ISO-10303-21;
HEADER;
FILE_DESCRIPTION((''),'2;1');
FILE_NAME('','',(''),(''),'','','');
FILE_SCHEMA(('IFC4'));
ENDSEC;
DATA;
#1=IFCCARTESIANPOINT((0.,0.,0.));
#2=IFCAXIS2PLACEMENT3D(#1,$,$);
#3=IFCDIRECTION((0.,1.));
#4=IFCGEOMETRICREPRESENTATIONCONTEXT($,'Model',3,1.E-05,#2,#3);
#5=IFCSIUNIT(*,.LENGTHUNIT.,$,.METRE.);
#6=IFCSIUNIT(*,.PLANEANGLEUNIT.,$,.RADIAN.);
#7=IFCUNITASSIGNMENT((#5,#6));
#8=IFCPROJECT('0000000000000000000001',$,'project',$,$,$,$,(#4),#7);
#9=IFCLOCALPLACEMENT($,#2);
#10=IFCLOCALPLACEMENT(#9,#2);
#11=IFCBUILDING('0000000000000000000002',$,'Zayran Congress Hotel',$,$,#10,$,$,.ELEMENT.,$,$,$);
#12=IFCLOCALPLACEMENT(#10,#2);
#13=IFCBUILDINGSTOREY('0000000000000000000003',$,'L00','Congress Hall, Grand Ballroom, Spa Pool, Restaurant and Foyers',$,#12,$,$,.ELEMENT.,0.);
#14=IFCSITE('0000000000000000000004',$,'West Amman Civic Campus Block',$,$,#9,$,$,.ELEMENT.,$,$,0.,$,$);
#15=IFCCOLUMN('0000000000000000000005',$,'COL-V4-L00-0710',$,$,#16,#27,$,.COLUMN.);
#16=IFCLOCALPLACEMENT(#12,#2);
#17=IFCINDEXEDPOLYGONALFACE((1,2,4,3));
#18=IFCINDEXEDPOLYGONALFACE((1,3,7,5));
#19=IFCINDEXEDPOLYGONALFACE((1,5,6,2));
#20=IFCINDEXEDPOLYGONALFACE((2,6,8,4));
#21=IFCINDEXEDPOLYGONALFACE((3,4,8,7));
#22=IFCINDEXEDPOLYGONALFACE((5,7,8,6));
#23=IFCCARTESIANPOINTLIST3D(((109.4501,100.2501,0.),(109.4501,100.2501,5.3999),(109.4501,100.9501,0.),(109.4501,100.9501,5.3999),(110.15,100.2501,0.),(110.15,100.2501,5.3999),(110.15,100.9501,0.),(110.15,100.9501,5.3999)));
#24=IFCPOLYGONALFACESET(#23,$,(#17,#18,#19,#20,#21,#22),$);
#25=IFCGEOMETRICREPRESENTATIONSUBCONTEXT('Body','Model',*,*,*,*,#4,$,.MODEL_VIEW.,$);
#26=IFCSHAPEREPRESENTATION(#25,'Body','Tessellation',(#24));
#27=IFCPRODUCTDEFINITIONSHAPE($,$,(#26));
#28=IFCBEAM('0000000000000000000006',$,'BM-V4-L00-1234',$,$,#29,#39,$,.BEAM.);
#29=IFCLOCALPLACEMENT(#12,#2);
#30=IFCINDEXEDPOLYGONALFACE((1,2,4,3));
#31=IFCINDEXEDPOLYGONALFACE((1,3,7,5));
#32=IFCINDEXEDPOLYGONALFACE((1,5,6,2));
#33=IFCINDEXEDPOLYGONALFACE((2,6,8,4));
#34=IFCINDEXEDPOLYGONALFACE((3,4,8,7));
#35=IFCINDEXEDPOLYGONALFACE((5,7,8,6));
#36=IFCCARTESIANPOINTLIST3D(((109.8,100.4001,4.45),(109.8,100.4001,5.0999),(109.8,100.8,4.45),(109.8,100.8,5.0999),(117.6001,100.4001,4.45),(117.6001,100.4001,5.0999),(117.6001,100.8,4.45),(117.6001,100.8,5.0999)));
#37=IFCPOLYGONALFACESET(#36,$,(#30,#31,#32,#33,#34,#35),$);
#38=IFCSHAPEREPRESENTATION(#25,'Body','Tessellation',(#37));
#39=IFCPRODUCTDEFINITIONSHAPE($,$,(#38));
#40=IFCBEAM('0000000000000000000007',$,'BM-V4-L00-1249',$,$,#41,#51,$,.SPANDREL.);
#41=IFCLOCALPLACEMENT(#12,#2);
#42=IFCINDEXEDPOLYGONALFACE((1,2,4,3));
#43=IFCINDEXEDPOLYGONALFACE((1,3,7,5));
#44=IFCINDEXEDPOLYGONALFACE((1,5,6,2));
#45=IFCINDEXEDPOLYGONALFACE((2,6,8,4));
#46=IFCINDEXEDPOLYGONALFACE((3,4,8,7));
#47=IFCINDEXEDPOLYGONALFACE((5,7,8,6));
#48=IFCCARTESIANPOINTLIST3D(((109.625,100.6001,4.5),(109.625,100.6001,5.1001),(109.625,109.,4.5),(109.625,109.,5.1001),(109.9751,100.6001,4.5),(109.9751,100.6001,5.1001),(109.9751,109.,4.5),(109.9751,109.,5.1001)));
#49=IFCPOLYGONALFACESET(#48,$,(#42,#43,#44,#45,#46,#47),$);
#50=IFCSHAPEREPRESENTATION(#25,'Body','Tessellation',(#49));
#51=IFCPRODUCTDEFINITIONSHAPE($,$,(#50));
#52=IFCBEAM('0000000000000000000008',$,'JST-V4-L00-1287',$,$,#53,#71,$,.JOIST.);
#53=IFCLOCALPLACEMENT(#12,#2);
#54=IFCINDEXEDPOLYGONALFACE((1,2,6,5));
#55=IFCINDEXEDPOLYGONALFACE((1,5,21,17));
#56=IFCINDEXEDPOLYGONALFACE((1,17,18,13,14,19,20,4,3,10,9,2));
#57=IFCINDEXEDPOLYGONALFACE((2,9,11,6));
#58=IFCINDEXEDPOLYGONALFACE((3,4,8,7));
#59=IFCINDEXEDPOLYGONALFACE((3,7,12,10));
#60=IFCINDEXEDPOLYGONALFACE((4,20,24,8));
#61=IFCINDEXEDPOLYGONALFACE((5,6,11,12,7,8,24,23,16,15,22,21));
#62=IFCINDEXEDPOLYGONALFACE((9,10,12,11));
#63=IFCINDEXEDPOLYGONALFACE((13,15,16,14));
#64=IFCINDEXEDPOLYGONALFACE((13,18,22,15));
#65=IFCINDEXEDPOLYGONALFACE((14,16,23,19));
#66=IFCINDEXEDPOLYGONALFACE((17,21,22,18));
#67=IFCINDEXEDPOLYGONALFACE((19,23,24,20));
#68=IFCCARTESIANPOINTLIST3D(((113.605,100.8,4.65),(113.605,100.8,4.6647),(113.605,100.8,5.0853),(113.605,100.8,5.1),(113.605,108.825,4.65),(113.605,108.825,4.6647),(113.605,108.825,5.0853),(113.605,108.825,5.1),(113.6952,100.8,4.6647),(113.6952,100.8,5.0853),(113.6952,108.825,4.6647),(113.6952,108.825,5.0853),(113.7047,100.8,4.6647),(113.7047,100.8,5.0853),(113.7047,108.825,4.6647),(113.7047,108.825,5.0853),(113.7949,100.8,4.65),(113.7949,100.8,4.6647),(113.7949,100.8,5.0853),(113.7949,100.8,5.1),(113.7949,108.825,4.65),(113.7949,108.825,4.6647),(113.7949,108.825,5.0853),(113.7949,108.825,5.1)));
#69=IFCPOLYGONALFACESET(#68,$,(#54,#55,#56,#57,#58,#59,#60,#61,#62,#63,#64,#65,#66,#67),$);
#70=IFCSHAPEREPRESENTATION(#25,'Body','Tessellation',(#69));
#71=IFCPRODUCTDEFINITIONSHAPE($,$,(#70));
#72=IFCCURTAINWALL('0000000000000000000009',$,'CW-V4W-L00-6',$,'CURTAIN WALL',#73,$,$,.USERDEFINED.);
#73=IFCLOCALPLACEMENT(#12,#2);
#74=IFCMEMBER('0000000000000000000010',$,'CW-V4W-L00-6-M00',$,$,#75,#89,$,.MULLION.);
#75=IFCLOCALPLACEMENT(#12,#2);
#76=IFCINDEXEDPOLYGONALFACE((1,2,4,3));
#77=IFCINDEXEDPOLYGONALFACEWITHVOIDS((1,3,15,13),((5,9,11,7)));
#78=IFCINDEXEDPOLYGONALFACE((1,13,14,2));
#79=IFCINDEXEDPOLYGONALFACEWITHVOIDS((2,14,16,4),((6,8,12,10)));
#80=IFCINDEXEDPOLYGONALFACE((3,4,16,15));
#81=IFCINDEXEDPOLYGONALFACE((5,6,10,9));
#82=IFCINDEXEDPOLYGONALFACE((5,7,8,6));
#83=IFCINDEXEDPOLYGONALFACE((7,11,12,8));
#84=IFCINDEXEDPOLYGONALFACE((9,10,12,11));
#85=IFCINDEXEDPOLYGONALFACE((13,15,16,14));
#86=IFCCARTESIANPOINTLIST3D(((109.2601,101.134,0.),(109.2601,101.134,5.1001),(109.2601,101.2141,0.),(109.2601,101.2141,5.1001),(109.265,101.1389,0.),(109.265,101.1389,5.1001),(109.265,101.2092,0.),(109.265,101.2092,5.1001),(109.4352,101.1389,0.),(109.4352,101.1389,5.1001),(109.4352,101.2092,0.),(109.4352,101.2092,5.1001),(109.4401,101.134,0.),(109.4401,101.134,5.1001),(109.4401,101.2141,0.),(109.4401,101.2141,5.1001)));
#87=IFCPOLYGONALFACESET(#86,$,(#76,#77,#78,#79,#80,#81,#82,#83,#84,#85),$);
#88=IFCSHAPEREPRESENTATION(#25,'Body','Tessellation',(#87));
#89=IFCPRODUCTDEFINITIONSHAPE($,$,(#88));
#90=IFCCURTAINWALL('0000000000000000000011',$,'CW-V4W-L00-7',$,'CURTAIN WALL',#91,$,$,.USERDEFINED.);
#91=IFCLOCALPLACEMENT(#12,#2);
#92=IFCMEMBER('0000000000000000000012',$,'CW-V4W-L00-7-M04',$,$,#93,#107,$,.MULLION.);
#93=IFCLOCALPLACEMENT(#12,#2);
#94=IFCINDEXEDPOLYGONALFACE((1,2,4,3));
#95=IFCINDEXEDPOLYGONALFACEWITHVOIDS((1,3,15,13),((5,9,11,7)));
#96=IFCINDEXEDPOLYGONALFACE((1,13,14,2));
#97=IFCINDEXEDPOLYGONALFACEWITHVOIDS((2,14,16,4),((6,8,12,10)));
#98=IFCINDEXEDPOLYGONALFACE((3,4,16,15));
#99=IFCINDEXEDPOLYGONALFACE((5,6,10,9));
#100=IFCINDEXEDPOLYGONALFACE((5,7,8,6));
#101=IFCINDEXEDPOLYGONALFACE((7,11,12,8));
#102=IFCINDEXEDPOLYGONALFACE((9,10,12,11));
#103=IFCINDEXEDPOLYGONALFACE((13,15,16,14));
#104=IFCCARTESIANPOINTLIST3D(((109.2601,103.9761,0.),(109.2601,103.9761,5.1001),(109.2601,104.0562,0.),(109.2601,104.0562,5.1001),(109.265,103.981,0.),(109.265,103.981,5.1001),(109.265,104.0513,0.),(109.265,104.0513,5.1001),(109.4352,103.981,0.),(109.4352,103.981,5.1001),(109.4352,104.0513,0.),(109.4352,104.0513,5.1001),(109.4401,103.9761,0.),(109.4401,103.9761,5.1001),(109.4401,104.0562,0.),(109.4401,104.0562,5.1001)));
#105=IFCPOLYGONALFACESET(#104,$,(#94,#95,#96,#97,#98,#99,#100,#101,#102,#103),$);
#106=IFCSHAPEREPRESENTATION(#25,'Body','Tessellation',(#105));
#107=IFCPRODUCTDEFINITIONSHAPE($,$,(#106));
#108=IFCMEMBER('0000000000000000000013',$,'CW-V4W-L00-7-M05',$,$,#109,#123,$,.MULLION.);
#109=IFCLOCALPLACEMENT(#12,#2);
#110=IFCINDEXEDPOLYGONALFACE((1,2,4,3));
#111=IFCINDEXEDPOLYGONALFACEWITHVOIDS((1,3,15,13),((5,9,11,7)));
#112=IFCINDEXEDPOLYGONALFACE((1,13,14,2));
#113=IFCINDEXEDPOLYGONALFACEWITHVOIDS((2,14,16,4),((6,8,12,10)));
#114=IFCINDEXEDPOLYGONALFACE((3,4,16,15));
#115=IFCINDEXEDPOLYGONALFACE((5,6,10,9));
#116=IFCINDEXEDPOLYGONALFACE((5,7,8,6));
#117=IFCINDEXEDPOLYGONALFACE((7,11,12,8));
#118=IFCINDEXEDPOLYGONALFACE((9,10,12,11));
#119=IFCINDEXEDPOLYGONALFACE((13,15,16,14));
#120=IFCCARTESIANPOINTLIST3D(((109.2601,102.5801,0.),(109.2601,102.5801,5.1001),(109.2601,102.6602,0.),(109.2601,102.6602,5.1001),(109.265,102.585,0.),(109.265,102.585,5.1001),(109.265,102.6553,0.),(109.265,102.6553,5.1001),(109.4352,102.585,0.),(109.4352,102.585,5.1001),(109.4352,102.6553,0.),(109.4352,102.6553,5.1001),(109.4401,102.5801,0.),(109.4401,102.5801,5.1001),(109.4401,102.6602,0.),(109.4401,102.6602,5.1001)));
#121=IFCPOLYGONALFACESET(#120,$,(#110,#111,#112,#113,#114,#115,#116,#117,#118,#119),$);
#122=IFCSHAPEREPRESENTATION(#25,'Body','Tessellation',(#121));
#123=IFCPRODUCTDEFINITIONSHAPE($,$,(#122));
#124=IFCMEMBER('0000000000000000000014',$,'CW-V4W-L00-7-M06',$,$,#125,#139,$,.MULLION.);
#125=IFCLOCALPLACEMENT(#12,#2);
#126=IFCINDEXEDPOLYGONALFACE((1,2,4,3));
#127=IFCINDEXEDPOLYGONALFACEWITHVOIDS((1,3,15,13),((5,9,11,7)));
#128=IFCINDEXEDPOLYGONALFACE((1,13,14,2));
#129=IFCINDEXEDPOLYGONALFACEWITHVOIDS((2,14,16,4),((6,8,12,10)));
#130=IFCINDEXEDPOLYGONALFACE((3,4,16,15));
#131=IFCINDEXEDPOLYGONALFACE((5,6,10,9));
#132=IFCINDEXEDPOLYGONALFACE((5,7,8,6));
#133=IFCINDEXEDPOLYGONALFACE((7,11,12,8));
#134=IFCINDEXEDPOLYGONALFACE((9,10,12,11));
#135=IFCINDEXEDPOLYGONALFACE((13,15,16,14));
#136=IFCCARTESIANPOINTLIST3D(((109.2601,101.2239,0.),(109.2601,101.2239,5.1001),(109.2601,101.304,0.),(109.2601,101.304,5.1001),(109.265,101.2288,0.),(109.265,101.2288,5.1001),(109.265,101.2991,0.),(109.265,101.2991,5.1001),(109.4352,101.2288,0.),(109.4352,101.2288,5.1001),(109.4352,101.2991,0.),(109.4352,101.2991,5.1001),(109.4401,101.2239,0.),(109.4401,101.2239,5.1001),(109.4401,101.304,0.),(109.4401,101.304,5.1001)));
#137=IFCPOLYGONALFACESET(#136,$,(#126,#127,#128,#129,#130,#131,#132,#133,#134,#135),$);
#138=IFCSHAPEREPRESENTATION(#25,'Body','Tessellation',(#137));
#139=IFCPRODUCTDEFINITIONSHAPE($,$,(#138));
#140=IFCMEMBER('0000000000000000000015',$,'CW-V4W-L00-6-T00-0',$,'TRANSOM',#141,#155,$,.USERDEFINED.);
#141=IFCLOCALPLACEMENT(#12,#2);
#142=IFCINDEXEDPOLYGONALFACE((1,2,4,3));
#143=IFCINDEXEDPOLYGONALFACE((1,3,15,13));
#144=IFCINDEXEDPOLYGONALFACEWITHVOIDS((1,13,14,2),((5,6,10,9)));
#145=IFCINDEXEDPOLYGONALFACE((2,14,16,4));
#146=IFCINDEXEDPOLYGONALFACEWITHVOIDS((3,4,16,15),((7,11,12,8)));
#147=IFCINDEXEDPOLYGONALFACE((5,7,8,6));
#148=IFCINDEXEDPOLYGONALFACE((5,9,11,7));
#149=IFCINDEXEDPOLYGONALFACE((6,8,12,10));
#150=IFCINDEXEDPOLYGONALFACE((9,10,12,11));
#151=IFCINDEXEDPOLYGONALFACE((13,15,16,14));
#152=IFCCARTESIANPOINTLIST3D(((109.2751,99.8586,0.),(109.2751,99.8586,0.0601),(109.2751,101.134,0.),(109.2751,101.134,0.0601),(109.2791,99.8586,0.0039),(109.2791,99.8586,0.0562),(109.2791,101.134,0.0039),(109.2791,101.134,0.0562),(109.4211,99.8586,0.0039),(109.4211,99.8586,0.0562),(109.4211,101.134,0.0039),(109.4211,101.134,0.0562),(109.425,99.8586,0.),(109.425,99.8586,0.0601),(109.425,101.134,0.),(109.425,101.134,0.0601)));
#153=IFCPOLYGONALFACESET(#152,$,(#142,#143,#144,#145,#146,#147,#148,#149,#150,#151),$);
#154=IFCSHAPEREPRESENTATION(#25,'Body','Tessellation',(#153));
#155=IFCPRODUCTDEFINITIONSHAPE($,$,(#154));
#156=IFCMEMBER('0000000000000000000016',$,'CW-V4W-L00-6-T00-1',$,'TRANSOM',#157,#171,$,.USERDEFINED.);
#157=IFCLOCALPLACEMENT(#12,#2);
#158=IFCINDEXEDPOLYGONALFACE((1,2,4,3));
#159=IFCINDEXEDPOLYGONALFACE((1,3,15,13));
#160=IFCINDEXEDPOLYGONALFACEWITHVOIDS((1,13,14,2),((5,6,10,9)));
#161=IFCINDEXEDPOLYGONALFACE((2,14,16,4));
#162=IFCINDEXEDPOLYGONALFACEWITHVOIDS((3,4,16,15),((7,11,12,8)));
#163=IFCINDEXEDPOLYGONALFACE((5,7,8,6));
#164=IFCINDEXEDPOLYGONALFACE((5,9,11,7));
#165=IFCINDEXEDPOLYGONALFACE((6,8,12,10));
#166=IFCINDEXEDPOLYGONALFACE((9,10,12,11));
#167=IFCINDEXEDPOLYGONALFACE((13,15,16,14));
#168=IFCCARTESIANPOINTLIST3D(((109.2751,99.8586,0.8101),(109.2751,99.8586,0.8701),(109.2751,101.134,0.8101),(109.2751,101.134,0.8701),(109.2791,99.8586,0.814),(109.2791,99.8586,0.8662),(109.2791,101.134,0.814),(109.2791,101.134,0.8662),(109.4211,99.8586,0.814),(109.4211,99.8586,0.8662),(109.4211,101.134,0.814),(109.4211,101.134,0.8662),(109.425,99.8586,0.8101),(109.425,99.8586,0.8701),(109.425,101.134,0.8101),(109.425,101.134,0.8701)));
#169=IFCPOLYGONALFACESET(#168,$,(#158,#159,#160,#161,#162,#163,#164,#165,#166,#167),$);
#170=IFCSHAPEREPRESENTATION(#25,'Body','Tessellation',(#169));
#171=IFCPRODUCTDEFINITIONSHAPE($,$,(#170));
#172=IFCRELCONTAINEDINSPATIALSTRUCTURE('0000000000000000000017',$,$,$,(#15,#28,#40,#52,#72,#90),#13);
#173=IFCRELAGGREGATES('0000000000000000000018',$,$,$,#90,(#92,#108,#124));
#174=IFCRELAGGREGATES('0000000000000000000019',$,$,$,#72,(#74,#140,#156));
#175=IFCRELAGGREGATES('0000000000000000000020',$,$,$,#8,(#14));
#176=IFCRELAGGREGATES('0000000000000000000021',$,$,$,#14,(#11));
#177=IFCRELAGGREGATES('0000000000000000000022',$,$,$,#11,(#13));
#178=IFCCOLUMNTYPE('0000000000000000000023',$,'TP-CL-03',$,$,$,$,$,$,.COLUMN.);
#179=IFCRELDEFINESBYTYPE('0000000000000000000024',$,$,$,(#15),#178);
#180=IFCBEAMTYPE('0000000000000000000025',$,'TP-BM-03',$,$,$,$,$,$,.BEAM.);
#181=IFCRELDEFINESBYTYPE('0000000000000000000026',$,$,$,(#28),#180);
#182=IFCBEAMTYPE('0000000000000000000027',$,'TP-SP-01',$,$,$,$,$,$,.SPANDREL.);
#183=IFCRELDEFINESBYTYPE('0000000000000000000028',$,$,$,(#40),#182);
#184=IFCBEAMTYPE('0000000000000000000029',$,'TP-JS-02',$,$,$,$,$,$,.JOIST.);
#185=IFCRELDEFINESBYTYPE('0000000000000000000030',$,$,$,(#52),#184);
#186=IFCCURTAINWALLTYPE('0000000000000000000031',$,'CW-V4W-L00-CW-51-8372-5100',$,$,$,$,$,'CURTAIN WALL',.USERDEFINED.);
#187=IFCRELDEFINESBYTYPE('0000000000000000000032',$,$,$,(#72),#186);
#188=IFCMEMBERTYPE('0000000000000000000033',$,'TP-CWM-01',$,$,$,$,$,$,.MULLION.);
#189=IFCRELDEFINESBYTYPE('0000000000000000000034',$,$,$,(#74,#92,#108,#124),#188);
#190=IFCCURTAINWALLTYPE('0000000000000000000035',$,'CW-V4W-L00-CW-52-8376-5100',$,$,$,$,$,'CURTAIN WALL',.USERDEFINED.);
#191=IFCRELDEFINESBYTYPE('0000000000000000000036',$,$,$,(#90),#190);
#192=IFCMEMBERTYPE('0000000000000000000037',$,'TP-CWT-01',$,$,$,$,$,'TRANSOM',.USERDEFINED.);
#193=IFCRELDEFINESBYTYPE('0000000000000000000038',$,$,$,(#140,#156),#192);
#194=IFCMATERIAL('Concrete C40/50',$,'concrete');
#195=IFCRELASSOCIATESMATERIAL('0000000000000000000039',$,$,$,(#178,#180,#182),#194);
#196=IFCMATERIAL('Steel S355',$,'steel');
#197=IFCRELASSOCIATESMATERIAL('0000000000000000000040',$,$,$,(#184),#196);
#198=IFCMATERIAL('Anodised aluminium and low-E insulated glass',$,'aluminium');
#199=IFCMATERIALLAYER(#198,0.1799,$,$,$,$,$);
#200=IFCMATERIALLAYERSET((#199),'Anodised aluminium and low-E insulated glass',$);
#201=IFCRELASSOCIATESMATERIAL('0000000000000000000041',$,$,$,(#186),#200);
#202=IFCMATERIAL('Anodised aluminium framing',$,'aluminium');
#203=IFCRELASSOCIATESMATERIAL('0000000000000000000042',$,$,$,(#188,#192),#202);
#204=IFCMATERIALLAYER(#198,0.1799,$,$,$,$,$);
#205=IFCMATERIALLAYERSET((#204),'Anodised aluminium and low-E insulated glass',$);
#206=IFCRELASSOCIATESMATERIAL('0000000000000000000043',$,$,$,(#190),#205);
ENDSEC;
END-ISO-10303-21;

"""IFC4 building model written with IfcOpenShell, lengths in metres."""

from ifc_helpers import new_model, si_unit, direction, frame, origin, origin_2d, place, context, subcontext, project, spatial, rectangle, hollow_rectangle, i_section, extrude, material, layer, layer_set, material_profile, profile_set, type_object, element, aggregate, save


model = new_model("IFC4")

# Units and contexts
model_context = context("Model", 3, precision=1e-05, world=origin(), true_north=direction((0.0, 1.0)))
body_context = subcontext(model_context, "Body", "Model", "MODEL_VIEW")
ifc_project = project(units=[si_unit("LENGTHUNIT", "METRE"), si_unit("PLANEANGLEUNIT", "RADIAN")], contexts=[model_context])

# Site, building, storey
site_placement = place(None, origin())
site = spatial("IfcSite", under=ifc_project, at=site_placement, Name="West Amman Civic Campus Block", CompositionType="ELEMENT", RefElevation=0.0)
building_placement = place(site_placement, origin())
building = spatial("IfcBuilding", under=site, at=building_placement, Name="Zayran Congress Hotel", CompositionType="ELEMENT")
storey_placement = place(building_placement, origin())
storey = spatial("IfcBuildingStorey", under=building, at=storey_placement, Name="L00", Description="Congress Hall, Grand Ballroom, Spa Pool, Restaurant and Foyers", CompositionType="ELEMENT", Elevation=0.0)

# Column
ifc_material_1 = material(Name="Concrete C40/50", Category="concrete")
ifc_material_profile_1 = material_profile(ifc_material_1, rectangle(XDim=0.7, YDim=0.7, at=origin_2d()), Name="RC 700x700")
ifc_profile_set_1 = profile_set([ifc_material_profile_1], Name="Concrete C40/50")
column_type = type_object("IfcColumnType", Name="TP-CL-03", PredefinedType="COLUMN", material=ifc_profile_set_1)
column_placement = place(storey_placement, frame((109.8, 100.6001, 0.0), z_axis=(0.0, 0.0, 1.0), x_axis=(1.0, 0.0, 0.0)))
element("IfcColumn", 1, at=column_placement, inside=storey, type_object=column_type, Name="COL-V4-L00-0710", PredefinedType="COLUMN", context=body_context, shape_type="SweptSolid", body=[
    extrude(rectangle(XDim=0.7, YDim=0.7, at=origin_2d()), origin(), (0.0, 0.0, 1.0), 5.3999),
])

# Beams
ifc_material_profile_2 = material_profile(ifc_material_1, rectangle(XDim=0.3999, YDim=0.6499, at=origin_2d()), Name="RC 400x650")
ifc_profile_set_2 = profile_set([ifc_material_profile_2], Name="Concrete C40/50")
beam_type_1 = type_object("IfcBeamType", Name="TP-BM-03", PredefinedType="BEAM", material=ifc_profile_set_2)
beam_1_placement = place(storey_placement, frame((109.8, 100.6001, 4.7749), z_axis=(1.0, 0.0, 0.0), x_axis=(0.0, 1.0, 0.0)))
element("IfcBeam", 2, at=beam_1_placement, inside=storey, type_object=beam_type_1, Name="BM-V4-L00-1234", PredefinedType="BEAM", context=body_context, shape_type="SweptSolid", body=[
    extrude(rectangle(XDim=0.3999, YDim=0.6499, at=origin_2d()), origin(), (0.0, 0.0, 1.0), 7.8),
])
ifc_material_profile_3 = material_profile(ifc_material_1, rectangle(XDim=0.3501, YDim=0.6001, at=origin_2d()), Name="RC 350x600")
ifc_profile_set_3 = profile_set([ifc_material_profile_3], Name="Concrete C40/50")
beam_type_2 = type_object("IfcBeamType", Name="TP-SP-01", PredefinedType="SPANDREL", material=ifc_profile_set_3)
beam_2_placement = place(storey_placement, frame((109.8, 100.6001, 4.8), z_axis=(0.0, 1.0, 0.0), x_axis=(-1.0, 0.0, 0.0)))
element("IfcBeam", 3, at=beam_2_placement, inside=storey, type_object=beam_type_2, Name="BM-V4-L00-1249", PredefinedType="SPANDREL", context=body_context, shape_type="SweptSolid", body=[
    extrude(rectangle(XDim=0.3501, YDim=0.6001, at=origin_2d()), origin(), (0.0, 0.0, 1.0), 8.3999),
])
ifc_material_2 = material(Name="Steel S355", Category="steel")
ifc_material_profile_4 = material_profile(ifc_material_2, i_section(OverallWidth=0.1899, OverallDepth=0.45, WebThickness=0.0095, FlangeThickness=0.0146, at=origin_2d()), Name="IPE 450")
ifc_profile_set_4 = profile_set([ifc_material_profile_4], Name="Steel S355")
beam_type_3 = type_object("IfcBeamType", Name="TP-JS-02", PredefinedType="JOIST", material=ifc_profile_set_4)
beam_3_placement = place(storey_placement, frame((113.7, 100.8, 4.875), z_axis=(0.0, 1.0, 0.0), x_axis=(-1.0, 0.0, 0.0)))
element("IfcBeam", 4, at=beam_3_placement, inside=storey, type_object=beam_type_3, Name="JST-V4-L00-1287", PredefinedType="JOIST", context=body_context, shape_type="SweptSolid", body=[
    extrude(i_section(OverallWidth=0.1899, OverallDepth=0.45, WebThickness=0.0095, FlangeThickness=0.0146, at=origin_2d()), origin(), (0.0, 0.0, 1.0), 8.0249),
])

# Curtain wall, member
ifc_material_3 = material(Name="Anodised aluminium and low-E insulated glass", Category="aluminium")
ifc_layer_1 = layer(ifc_material_3, 0.1799)
ifc_layer_set_1 = layer_set([ifc_layer_1], Name="Anodised aluminium and low-E insulated glass")
curtain_wall_type_1 = type_object("IfcCurtainWallType", Name="CW-V4W-L00-CW-51-8372-5100", ElementType="CURTAIN WALL", PredefinedType="USERDEFINED", material=ifc_layer_set_1)
curtain_wall_1_placement = place(storey_placement, origin())
curtain_wall_1 = element("IfcCurtainWall", 5, at=curtain_wall_1_placement, inside=storey, type_object=curtain_wall_type_1, Name="CW-V4W-L00-6", ObjectType="CURTAIN WALL", PredefinedType="USERDEFINED")
ifc_material_4 = material(Name="Anodised aluminium framing", Category="aluminium")
ifc_material_profile_5 = material_profile(ifc_material_4, hollow_rectangle(XDim=0.0801, YDim=0.1799, WallThickness=0.0049, at=origin_2d()), Name="RHS 180x80x5")
ifc_profile_set_5 = profile_set([ifc_material_profile_5], Name="Anodised aluminium framing")
member_type_1 = type_object("IfcMemberType", Name="TP-CWM-01", PredefinedType="MULLION", material=ifc_profile_set_5)
member_1_placement = place(storey_placement, frame((109.3501, 101.1741, 0.0), z_axis=(0.0, 0.0, 1.0), x_axis=(0.0, 1.0, 0.0)))
member_1 = element("IfcMember", 6, at=member_1_placement, type_object=member_type_1, Name="CW-V4W-L00-6-M00", PredefinedType="MULLION", context=body_context, shape_type="SweptSolid", body=[
    extrude(hollow_rectangle(XDim=0.0801, YDim=0.1799, WallThickness=0.0049, at=origin_2d()), origin(), (0.0, 0.0, 1.0), 5.1001),
])

# Curtain wall, members
ifc_layer_2 = layer(ifc_material_3, 0.1799)
ifc_layer_set_2 = layer_set([ifc_layer_2], Name="Anodised aluminium and low-E insulated glass")
curtain_wall_type_2 = type_object("IfcCurtainWallType", Name="CW-V4W-L00-CW-52-8376-5100", ElementType="CURTAIN WALL", PredefinedType="USERDEFINED", material=ifc_layer_set_2)
curtain_wall_2_placement = place(storey_placement, origin())
curtain_wall_2 = element("IfcCurtainWall", 7, at=curtain_wall_2_placement, inside=storey, type_object=curtain_wall_type_2, Name="CW-V4W-L00-7", ObjectType="CURTAIN WALL", PredefinedType="USERDEFINED")
member_2_placement = place(storey_placement, frame((109.3501, 104.0161, 0.0), z_axis=(0.0, 0.0, 1.0), x_axis=(0.0, 1.0, 0.0)))
member_2 = element("IfcMember", 8, at=member_2_placement, type_object=member_type_1, Name="CW-V4W-L00-7-M04", PredefinedType="MULLION", context=body_context, shape_type="SweptSolid", body=[
    extrude(hollow_rectangle(XDim=0.0801, YDim=0.1799, WallThickness=0.0049, at=origin_2d()), origin(), (0.0, 0.0, 1.0), 5.1001),
])
member_3_placement = place(storey_placement, frame((109.3501, 102.6201, 0.0), z_axis=(0.0, 0.0, 1.0), x_axis=(0.0, 1.0, 0.0)))
member_3 = element("IfcMember", 9, at=member_3_placement, type_object=member_type_1, Name="CW-V4W-L00-7-M05", PredefinedType="MULLION", context=body_context, shape_type="SweptSolid", body=[
    extrude(hollow_rectangle(XDim=0.0801, YDim=0.1799, WallThickness=0.0049, at=origin_2d()), origin(), (0.0, 0.0, 1.0), 5.1001),
])
member_4_placement = place(storey_placement, frame((109.3501, 101.2639, 0.0), z_axis=(0.0, 0.0, 1.0), x_axis=(0.0, 1.0, 0.0)))
member_4 = element("IfcMember", 10, at=member_4_placement, type_object=member_type_1, Name="CW-V4W-L00-7-M06", PredefinedType="MULLION", context=body_context, shape_type="SweptSolid", body=[
    extrude(hollow_rectangle(XDim=0.0801, YDim=0.1799, WallThickness=0.0049, at=origin_2d()), origin(), (0.0, 0.0, 1.0), 5.1001),
])

# Members
ifc_material_profile_6 = material_profile(ifc_material_4, hollow_rectangle(XDim=0.0601, YDim=0.1499, WallThickness=0.0039, at=origin_2d()), Name="RHS 150x60x4")
ifc_profile_set_6 = profile_set([ifc_material_profile_6], Name="Anodised aluminium framing")
member_type_2 = type_object("IfcMemberType", Name="TP-CWT-01", ElementType="TRANSOM", PredefinedType="USERDEFINED", material=ifc_profile_set_6)
member_5_placement = place(storey_placement, frame((109.3501, 101.134, 0.03), z_axis=(0.0, -1.0, 0.0), x_axis=(0.0, 0.0, 1.0)))
member_5 = element("IfcMember", 11, at=member_5_placement, type_object=member_type_2, Name="CW-V4W-L00-6-T00-0", ObjectType="TRANSOM", PredefinedType="USERDEFINED", context=body_context, shape_type="SweptSolid", body=[
    extrude(hollow_rectangle(XDim=0.0601, YDim=0.1499, WallThickness=0.0039, at=origin_2d()), origin(), (0.0, 0.0, 1.0), 1.2754),
])
member_6_placement = place(storey_placement, frame((109.3501, 101.134, 0.8401), z_axis=(0.0, -1.0, 0.0), x_axis=(0.0, 0.0, 1.0)))
member_6 = element("IfcMember", 12, at=member_6_placement, type_object=member_type_2, Name="CW-V4W-L00-6-T00-1", ObjectType="TRANSOM", PredefinedType="USERDEFINED", context=body_context, shape_type="SweptSolid", body=[
    extrude(hollow_rectangle(XDim=0.0601, YDim=0.1499, WallThickness=0.0039, at=origin_2d()), origin(), (0.0, 0.0, 1.0), 1.2754),
])

aggregate(curtain_wall_2, [member_2, member_3, member_4])
aggregate(curtain_wall_1, [member_1, member_5, member_6])

save(model, "model.ifc")
